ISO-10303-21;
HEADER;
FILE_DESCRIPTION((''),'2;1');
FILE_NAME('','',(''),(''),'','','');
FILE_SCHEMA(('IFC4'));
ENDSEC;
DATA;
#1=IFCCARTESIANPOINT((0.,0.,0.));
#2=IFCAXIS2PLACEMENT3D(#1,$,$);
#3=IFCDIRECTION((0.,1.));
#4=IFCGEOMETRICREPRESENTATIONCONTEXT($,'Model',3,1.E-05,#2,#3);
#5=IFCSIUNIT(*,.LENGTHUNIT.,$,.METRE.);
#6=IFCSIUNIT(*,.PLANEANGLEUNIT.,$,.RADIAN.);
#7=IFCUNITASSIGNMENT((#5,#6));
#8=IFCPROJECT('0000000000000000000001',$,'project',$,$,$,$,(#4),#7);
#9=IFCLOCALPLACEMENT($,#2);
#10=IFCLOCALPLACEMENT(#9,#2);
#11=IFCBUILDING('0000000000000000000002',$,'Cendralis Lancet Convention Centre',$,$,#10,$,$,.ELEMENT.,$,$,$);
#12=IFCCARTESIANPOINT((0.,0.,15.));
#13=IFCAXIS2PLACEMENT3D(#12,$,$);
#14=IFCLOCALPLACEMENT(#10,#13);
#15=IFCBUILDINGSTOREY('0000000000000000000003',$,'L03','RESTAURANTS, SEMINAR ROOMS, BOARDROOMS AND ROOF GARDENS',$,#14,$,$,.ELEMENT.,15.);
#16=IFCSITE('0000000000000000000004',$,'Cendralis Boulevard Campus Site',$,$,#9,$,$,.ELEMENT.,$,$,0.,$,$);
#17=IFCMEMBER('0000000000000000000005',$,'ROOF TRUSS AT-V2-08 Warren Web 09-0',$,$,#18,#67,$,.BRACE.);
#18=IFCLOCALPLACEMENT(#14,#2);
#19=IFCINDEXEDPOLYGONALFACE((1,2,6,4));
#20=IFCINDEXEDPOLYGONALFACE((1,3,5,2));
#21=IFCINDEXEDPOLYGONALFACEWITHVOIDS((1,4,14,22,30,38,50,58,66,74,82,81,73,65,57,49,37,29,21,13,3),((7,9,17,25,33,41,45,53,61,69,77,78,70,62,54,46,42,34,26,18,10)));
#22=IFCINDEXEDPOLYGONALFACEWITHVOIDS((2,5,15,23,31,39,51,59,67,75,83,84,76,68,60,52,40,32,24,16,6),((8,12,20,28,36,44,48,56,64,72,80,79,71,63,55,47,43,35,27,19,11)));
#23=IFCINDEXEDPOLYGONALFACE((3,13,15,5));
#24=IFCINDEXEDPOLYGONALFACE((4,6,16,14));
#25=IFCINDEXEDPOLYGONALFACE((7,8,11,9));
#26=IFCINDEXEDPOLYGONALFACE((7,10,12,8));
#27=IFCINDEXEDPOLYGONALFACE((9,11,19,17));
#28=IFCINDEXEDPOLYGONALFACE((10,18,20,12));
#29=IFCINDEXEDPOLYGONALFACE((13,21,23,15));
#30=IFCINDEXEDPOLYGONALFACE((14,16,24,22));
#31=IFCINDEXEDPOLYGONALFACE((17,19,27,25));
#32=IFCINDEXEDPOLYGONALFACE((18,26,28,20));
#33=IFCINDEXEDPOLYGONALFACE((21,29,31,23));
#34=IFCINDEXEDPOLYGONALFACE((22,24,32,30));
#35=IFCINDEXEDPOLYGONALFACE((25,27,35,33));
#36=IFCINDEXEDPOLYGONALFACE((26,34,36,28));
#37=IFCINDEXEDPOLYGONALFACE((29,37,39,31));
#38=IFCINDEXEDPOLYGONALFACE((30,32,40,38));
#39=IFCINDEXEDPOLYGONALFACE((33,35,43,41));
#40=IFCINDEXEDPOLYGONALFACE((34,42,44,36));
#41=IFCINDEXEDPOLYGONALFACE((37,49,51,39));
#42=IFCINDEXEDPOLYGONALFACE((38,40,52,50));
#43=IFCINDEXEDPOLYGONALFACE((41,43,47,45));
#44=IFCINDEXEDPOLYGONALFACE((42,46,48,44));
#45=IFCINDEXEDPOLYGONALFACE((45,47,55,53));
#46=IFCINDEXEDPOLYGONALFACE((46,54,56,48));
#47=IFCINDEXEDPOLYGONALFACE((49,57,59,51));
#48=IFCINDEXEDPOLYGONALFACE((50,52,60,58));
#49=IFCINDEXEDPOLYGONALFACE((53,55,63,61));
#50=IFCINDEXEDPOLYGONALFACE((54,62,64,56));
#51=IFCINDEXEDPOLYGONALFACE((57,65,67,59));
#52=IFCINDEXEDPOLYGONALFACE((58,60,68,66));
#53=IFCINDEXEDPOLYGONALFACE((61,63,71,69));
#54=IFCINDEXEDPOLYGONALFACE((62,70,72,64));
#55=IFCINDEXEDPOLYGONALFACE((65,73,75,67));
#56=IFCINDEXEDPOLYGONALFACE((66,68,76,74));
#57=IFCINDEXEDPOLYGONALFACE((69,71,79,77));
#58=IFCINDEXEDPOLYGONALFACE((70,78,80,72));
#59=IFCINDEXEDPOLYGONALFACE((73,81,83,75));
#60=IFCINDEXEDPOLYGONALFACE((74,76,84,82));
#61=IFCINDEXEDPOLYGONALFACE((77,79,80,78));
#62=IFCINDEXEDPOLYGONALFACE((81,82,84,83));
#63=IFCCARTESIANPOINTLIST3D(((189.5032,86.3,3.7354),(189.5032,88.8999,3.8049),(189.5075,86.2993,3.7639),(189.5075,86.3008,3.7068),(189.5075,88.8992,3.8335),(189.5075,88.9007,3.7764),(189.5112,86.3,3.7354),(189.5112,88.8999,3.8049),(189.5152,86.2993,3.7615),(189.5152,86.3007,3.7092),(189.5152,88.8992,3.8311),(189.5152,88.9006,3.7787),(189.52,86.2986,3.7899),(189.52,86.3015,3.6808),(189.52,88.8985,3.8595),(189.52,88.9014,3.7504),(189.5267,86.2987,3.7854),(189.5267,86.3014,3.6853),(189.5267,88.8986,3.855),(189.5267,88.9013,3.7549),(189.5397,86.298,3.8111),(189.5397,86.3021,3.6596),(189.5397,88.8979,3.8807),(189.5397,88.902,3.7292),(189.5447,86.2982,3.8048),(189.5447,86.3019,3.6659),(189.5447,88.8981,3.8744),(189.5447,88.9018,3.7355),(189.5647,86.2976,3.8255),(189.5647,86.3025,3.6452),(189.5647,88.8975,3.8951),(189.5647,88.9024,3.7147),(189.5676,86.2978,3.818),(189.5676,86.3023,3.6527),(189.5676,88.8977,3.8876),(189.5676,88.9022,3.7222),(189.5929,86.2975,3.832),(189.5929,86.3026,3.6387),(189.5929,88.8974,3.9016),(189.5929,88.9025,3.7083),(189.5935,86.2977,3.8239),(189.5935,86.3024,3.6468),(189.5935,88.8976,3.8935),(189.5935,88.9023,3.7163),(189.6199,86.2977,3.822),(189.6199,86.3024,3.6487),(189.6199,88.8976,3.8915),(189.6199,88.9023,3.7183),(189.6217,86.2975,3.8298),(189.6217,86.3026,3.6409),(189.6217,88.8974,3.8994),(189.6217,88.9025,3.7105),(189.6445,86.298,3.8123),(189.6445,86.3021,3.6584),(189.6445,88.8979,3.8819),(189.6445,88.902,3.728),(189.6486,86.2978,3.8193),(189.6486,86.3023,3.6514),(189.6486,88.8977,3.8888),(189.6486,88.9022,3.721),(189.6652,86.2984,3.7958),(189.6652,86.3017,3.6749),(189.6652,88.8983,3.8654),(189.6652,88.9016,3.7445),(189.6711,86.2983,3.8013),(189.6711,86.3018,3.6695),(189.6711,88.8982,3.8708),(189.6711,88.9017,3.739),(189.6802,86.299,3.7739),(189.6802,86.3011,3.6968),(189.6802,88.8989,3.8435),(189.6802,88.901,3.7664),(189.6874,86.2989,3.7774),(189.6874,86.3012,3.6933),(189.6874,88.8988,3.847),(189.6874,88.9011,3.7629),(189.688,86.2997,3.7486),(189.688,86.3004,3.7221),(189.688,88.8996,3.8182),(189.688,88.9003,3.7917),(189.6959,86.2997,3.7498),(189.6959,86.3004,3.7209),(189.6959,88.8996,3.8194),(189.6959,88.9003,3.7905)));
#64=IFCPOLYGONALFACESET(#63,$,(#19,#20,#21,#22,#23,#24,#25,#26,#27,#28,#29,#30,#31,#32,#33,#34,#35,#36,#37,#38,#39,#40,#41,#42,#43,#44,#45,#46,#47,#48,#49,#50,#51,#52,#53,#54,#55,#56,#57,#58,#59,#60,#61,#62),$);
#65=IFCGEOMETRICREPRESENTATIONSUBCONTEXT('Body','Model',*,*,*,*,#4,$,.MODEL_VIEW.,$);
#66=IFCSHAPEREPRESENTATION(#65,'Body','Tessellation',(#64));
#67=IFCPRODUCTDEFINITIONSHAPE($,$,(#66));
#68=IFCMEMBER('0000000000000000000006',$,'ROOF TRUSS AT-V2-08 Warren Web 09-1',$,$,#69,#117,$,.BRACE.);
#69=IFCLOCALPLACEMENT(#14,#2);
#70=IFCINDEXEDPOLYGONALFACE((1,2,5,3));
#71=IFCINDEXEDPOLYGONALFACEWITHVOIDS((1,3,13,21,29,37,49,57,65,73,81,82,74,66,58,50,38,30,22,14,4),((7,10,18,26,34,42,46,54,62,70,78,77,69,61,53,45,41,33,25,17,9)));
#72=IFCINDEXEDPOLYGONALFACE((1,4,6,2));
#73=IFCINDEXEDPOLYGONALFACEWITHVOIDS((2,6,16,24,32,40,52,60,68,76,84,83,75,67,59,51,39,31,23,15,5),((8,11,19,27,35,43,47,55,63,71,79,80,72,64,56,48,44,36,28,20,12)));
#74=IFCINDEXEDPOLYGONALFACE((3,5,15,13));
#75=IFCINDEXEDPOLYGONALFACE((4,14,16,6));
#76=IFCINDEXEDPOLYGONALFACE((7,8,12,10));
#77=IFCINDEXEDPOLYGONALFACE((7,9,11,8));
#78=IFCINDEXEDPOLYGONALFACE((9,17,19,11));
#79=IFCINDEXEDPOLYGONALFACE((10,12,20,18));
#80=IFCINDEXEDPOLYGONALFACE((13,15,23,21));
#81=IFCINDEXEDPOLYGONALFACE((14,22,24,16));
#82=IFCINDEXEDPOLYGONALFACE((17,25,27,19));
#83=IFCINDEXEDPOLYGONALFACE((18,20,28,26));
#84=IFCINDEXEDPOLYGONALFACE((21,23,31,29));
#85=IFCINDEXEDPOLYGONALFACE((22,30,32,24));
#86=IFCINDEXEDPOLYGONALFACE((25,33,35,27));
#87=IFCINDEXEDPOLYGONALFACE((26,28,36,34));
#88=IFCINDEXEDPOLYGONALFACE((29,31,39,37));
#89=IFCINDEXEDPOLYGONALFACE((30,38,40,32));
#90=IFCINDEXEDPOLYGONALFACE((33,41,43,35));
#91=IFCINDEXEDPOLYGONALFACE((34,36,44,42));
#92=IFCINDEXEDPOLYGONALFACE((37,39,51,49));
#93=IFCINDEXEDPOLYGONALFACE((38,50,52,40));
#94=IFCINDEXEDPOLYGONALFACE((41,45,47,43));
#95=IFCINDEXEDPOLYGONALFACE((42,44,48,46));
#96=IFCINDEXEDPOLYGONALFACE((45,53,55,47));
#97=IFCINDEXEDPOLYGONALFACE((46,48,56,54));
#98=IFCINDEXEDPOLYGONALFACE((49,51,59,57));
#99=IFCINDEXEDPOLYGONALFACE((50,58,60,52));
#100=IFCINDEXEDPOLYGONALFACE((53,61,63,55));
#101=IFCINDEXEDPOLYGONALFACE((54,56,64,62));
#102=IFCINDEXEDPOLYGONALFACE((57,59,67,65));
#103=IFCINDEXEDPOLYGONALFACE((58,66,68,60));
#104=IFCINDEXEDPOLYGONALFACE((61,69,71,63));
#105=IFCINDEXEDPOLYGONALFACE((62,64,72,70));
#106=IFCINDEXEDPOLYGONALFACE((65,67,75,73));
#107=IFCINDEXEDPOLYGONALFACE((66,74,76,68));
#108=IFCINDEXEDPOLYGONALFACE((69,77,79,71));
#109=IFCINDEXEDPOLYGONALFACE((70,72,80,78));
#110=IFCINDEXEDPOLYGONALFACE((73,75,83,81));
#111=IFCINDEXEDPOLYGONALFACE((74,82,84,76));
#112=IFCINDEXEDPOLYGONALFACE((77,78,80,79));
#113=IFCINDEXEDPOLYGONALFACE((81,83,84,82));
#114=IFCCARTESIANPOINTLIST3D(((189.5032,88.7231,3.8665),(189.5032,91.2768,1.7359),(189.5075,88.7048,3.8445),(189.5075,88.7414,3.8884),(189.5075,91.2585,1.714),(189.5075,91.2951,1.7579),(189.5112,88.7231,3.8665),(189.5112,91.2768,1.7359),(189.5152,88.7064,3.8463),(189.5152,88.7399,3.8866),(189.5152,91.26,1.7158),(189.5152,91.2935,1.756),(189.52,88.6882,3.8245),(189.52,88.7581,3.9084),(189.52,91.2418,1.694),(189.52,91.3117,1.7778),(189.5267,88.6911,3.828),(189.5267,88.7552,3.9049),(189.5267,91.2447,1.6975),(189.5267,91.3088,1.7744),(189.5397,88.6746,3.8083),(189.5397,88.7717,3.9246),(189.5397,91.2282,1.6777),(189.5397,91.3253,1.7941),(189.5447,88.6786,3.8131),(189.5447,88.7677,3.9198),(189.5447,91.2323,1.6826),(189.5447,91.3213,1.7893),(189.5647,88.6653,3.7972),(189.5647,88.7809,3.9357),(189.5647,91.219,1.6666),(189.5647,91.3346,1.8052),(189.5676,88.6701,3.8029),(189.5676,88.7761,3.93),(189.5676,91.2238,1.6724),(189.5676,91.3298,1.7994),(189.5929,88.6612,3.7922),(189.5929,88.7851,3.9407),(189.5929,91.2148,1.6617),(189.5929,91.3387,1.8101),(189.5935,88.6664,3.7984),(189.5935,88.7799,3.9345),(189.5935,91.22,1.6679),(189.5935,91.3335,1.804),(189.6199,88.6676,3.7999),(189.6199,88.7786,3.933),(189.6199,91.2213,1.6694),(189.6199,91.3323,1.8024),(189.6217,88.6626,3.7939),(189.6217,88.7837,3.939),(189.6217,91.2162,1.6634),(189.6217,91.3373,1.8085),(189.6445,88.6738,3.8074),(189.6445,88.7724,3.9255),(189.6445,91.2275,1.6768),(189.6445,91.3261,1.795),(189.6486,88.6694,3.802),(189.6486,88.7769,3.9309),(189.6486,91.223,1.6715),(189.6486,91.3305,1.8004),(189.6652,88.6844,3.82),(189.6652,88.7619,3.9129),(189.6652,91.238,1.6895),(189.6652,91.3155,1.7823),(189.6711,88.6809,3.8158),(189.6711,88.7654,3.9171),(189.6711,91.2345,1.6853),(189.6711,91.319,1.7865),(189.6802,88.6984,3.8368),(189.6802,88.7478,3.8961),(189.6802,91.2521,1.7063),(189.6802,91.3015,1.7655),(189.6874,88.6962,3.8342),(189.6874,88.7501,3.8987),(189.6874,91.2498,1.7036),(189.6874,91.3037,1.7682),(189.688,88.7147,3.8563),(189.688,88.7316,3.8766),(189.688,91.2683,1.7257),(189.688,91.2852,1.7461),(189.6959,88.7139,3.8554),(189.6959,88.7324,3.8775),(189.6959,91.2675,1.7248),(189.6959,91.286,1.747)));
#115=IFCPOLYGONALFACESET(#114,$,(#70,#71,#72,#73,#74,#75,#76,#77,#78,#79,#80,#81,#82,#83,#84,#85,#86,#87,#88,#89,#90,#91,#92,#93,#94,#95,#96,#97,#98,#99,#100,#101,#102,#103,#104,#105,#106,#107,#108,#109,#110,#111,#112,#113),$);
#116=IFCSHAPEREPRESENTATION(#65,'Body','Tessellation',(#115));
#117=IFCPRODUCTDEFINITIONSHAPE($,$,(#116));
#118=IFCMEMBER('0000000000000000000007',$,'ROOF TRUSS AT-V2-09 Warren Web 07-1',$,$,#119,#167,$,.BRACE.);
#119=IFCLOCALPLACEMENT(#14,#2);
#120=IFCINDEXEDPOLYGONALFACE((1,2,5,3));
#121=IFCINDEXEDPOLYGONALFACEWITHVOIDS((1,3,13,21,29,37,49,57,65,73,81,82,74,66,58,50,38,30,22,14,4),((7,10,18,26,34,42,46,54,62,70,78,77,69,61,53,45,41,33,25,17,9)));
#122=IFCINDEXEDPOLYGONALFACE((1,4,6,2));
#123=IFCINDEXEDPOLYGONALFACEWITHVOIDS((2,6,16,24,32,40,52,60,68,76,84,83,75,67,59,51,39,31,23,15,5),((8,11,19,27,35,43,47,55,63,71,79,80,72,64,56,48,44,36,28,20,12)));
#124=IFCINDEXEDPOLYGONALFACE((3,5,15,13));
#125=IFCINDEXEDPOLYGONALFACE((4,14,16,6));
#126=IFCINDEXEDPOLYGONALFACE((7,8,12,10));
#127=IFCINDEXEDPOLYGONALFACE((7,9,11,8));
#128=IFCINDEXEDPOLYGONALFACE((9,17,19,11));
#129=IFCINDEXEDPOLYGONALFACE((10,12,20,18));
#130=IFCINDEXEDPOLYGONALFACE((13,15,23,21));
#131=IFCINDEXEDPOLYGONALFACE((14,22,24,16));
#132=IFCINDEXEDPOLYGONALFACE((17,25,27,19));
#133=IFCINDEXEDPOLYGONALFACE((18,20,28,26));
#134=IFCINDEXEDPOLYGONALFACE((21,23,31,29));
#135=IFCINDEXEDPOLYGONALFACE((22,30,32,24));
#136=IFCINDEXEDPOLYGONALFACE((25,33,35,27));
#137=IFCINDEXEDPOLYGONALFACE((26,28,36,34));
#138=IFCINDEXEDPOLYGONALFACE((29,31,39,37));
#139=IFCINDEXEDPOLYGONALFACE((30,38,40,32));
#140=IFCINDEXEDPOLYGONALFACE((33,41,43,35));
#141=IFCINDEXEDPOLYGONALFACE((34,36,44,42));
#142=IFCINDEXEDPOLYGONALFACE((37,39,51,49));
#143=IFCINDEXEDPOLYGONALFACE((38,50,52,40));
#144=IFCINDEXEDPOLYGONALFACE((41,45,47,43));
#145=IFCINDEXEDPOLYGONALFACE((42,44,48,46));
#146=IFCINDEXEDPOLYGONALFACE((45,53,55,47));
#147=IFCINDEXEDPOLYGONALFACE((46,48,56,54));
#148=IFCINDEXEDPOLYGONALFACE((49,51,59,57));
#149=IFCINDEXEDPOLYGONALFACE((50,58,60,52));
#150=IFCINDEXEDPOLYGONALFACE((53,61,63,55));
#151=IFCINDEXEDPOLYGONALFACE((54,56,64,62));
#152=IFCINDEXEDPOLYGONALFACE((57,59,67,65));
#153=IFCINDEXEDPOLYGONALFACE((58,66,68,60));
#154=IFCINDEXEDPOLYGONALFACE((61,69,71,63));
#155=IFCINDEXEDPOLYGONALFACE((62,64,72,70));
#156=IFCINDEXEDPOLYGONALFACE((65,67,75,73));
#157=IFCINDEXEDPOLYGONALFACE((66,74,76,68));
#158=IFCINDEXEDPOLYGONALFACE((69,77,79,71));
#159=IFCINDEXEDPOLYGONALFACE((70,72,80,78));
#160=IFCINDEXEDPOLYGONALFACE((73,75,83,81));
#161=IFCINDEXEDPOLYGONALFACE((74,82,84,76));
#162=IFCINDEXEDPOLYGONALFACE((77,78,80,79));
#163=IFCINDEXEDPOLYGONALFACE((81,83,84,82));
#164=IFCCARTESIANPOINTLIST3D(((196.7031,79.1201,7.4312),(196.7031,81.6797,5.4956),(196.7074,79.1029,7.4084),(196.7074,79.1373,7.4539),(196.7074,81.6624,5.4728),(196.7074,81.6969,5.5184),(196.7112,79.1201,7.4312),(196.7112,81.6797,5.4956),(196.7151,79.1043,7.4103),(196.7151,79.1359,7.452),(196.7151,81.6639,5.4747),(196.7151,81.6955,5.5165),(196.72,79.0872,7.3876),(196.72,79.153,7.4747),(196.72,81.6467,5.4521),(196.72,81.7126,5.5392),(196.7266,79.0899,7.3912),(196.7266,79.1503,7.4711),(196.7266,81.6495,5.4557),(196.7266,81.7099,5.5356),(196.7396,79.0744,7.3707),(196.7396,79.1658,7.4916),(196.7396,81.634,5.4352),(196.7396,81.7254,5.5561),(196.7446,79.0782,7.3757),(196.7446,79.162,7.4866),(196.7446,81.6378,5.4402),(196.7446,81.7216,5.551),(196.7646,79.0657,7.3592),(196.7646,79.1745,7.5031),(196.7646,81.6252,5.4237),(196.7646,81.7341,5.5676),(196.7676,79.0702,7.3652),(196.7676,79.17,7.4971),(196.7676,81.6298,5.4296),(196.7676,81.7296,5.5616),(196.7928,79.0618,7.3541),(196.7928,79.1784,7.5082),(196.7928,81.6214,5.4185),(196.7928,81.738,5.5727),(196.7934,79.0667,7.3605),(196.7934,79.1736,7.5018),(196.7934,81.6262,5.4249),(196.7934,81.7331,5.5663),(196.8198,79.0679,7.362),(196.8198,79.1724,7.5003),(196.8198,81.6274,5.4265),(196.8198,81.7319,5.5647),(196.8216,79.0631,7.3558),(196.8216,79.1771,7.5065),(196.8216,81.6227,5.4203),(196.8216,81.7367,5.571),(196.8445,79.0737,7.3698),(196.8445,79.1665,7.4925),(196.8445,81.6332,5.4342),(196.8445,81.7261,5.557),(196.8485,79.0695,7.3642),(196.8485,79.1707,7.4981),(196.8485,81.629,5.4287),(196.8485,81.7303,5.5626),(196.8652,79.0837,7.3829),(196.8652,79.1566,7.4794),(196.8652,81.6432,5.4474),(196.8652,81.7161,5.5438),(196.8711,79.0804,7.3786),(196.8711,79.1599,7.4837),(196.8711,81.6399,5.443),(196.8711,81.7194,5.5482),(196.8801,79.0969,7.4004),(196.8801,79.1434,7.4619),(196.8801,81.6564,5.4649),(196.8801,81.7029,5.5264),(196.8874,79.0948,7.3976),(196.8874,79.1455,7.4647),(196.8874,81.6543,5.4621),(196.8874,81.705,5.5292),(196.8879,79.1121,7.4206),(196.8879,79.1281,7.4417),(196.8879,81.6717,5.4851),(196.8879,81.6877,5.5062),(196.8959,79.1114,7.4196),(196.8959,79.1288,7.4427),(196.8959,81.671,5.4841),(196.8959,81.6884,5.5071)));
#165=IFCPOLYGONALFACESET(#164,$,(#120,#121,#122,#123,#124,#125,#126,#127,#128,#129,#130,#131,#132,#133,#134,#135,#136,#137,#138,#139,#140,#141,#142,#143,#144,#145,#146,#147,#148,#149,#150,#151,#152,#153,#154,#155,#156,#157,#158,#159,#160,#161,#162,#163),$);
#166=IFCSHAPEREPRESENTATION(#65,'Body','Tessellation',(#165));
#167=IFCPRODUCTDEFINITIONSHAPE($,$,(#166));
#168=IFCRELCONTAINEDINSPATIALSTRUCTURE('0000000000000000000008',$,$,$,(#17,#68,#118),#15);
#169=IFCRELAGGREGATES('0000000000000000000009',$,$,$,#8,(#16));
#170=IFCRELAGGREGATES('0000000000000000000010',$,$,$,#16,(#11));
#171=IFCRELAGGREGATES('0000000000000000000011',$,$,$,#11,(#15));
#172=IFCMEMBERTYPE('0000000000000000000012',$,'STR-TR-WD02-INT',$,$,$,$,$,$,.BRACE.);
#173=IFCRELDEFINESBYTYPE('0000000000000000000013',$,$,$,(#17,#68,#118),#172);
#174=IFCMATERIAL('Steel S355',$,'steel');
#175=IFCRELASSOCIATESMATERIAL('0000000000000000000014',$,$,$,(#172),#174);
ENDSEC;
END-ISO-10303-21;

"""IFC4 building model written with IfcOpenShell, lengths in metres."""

from ifc_helpers import new_model, si_unit, direction, frame, origin, origin_2d, place, context, subcontext, project, spatial, hollow_circle, extrude, material, material_profile, profile_set, type_object, element, save


model = new_model("IFC4")

# Units and contexts
model_context = context("Model", 3, precision=1e-05, world=origin(), true_north=direction((0.0, 1.0)))
body_context = subcontext(model_context, "Body", "Model", "MODEL_VIEW")
ifc_project = project(units=[si_unit("LENGTHUNIT", "METRE"), si_unit("PLANEANGLEUNIT", "RADIAN")], contexts=[model_context])

# Site, building, storey
site_placement = place(None, origin())
site = spatial("IfcSite", under=ifc_project, at=site_placement, Name="Cendralis Boulevard Campus Site", CompositionType="ELEMENT", RefElevation=0.0)
building_placement = place(site_placement, origin())
building = spatial("IfcBuilding", under=site, at=building_placement, Name="Cendralis Lancet Convention Centre", CompositionType="ELEMENT")
storey_placement = place(building_placement, frame((0.0, 0.0, 15.0)))
storey = spatial("IfcBuildingStorey", under=building, at=storey_placement, Name="L03", Description="RESTAURANTS, SEMINAR ROOMS, BOARDROOMS AND ROOF GARDENS", CompositionType="ELEMENT", Elevation=15.0)

# Shared definitions
ifc_material_1 = material(Name="Steel S355", Category="steel")

# Members
ifc_material_profile_1 = material_profile(ifc_material_1, hollow_circle(Radius=0.0969, WallThickness=0.0081, at=origin_2d()), Name="CHS 193.7x8.0")
ifc_profile_set_1 = profile_set([ifc_material_profile_1], Name="Steel S355")
member_type_1 = type_object("IfcMemberType", Name="STR-TR-WD02-INT", PredefinedType="BRACE", material=ifc_profile_set_1)
member_1_placement = place(storey_placement, frame((189.6001, 86.3, 3.7354), z_axis=(0.0, 0.999642, 0.026753), x_axis=(-1.0, 0.0, 0.0)))
element("IfcMember", 1, at=member_1_placement, inside=storey, type_object=member_type_1, Name="ROOF TRUSS AT-V2-08 Warren Web 09-0", PredefinedType="BRACE", context=body_context, shape_type="SweptSolid", body=[
    extrude(hollow_circle(Radius=0.0969, WallThickness=0.0081, at=origin_2d()), origin(), (0.0, 0.0, 1.0), 2.6008),
])
member_2_placement = place(storey_placement, frame((189.6001, 88.7231, 3.8665), z_axis=(0.0, 0.767848, -0.640632), x_axis=(-1.0, 0.0, 0.0)))
element("IfcMember", 2, at=member_2_placement, inside=storey, type_object=member_type_1, Name="ROOF TRUSS AT-V2-08 Warren Web 09-1", PredefinedType="BRACE", context=body_context, shape_type="SweptSolid", body=[
    extrude(hollow_circle(Radius=0.0969, WallThickness=0.0081, at=origin_2d()), origin(), (0.0, 0.0, 1.0), 3.3257),
])
member_3_placement = place(storey_placement, frame((196.8, 79.1201, 7.4312), z_axis=(0.0, 0.79762, -0.60316), x_axis=(-1.0, 0.0, 0.0)))
element("IfcMember", 3, at=member_3_placement, inside=storey, type_object=member_type_1, Name="ROOF TRUSS AT-V2-09 Warren Web 07-1", PredefinedType="BRACE", context=body_context, shape_type="SweptSolid", body=[
    extrude(hollow_circle(Radius=0.0969, WallThickness=0.0081, at=origin_2d()), origin(), (0.0, 0.0, 1.0), 3.209),
])

save(model, "model.ifc")
